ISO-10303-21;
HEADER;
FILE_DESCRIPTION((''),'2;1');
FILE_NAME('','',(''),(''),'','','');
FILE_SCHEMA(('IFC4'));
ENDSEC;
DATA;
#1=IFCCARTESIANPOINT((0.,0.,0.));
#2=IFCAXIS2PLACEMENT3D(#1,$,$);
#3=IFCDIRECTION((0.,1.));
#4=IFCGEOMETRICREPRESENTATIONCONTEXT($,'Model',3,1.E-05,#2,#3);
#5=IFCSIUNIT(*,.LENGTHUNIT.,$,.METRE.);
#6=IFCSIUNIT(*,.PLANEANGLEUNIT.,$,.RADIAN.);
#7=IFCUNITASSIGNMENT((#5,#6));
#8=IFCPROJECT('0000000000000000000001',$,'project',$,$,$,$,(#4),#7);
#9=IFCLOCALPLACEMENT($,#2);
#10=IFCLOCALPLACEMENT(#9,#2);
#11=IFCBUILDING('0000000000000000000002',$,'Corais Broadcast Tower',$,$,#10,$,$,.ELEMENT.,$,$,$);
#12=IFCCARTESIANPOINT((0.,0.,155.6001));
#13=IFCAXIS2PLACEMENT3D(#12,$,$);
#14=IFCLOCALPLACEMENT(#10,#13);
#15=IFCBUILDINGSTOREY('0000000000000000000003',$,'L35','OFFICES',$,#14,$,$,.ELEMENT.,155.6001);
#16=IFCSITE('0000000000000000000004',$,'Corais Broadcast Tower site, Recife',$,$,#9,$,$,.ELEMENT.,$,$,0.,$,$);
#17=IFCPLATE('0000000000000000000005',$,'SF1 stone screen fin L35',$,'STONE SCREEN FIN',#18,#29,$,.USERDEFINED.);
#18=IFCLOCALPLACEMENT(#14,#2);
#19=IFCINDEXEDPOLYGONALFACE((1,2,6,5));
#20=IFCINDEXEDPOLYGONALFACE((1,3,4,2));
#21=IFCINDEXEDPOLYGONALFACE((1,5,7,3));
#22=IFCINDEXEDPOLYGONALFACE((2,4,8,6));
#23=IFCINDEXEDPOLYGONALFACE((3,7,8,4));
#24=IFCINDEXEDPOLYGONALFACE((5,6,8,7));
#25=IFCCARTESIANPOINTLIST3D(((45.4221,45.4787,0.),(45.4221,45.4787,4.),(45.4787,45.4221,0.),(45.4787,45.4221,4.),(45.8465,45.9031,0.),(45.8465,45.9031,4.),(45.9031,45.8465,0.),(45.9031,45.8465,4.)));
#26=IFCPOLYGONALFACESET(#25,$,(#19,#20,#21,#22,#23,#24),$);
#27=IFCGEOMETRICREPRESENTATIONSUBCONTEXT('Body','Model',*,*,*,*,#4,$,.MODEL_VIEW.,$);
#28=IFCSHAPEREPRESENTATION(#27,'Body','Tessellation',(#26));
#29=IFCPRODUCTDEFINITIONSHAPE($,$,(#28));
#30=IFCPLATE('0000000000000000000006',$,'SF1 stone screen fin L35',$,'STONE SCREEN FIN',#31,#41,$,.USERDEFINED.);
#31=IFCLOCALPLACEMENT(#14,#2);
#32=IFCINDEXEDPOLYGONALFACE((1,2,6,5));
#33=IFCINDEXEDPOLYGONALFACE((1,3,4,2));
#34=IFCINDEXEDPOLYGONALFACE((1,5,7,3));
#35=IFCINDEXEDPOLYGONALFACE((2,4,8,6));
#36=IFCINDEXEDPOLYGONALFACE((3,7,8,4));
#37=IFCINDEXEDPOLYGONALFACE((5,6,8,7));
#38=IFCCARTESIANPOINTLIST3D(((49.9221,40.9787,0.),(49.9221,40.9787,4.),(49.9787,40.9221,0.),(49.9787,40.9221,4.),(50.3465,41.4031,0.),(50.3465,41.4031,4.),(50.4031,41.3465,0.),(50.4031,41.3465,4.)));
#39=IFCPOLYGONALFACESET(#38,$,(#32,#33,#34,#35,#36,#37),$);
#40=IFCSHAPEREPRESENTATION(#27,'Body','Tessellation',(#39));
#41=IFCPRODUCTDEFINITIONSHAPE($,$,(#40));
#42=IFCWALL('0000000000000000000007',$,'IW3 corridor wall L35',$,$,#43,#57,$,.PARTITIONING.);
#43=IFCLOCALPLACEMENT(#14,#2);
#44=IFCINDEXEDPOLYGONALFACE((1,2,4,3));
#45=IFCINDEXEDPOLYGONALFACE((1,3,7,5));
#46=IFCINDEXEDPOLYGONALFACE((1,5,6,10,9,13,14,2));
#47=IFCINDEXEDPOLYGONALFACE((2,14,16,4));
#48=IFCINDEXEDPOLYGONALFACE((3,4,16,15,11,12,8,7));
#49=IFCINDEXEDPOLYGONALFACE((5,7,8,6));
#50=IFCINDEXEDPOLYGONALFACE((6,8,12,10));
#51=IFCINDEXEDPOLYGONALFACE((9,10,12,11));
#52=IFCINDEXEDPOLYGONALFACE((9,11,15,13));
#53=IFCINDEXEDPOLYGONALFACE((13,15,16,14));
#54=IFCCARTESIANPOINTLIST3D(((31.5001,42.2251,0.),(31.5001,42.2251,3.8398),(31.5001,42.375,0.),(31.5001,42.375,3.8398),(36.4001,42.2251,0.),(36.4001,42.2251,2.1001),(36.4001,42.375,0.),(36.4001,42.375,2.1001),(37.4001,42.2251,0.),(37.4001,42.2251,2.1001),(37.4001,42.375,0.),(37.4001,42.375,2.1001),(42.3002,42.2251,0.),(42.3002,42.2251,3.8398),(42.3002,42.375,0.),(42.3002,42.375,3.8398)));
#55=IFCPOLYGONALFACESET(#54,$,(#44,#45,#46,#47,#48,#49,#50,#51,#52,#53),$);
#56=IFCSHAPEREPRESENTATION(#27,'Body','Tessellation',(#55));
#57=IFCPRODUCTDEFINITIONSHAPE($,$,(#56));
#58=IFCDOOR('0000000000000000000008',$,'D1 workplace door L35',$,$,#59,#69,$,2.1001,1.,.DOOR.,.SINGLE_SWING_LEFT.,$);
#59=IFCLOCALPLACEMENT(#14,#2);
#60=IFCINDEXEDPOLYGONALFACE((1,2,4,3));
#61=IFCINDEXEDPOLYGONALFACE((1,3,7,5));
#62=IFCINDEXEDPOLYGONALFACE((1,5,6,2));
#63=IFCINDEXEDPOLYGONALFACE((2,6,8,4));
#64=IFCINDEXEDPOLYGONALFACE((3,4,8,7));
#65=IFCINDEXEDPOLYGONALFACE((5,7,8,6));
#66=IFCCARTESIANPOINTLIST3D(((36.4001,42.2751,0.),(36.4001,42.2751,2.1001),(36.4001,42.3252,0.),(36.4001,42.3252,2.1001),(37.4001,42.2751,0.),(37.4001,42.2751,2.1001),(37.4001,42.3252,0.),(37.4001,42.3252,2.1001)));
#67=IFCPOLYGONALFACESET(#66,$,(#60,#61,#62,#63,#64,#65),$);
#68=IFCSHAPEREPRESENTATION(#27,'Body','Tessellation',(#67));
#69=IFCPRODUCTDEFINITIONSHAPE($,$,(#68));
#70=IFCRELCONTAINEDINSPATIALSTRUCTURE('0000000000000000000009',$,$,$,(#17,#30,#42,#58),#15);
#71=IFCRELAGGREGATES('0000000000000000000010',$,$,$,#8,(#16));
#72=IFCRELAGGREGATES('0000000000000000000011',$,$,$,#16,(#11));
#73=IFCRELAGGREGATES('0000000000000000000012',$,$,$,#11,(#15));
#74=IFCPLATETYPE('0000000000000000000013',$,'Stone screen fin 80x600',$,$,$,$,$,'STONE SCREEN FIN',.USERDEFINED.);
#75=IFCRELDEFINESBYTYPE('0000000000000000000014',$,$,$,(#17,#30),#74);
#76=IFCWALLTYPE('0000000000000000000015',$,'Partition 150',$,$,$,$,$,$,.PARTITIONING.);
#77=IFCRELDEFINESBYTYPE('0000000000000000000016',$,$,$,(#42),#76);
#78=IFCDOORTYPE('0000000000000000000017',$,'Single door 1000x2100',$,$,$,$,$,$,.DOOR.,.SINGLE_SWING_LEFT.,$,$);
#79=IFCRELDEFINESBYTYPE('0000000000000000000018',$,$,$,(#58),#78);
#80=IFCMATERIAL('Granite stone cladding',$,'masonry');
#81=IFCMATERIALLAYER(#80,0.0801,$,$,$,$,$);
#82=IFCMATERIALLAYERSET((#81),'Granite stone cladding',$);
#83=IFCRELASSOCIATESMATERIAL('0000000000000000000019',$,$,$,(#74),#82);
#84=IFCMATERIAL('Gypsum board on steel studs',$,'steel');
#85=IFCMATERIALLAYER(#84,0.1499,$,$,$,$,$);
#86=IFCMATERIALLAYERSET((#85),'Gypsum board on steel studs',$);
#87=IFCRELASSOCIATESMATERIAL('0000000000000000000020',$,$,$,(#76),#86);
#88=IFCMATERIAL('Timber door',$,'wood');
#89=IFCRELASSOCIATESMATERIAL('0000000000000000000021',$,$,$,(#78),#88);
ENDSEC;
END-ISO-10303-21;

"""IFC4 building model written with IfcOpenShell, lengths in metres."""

from ifc_helpers import new_model, si_unit, direction, frame, frame_2d, origin, origin_2d, place, context, subcontext, project, spatial, rectangle, extrude, material, layer, layer_set, type_object, element, fill, save


model = new_model("IFC4")

# Units and contexts
model_context = context("Model", 3, precision=1e-05, world=origin(), true_north=direction((0.0, 1.0)))
body_context = subcontext(model_context, "Body", "Model", "MODEL_VIEW")
ifc_project = project(units=[si_unit("LENGTHUNIT", "METRE"), si_unit("PLANEANGLEUNIT", "RADIAN")], contexts=[model_context])

# Site, building, storey
site_placement = place(None, origin())
site = spatial("IfcSite", under=ifc_project, at=site_placement, Name="Corais Broadcast Tower site, Recife", CompositionType="ELEMENT", RefElevation=0.0)
building_placement = place(site_placement, origin())
building = spatial("IfcBuilding", under=site, at=building_placement, Name="Corais Broadcast Tower", CompositionType="ELEMENT")
storey_placement = place(building_placement, frame((0.0, 0.0, 155.6001)))
storey = spatial("IfcBuildingStorey", under=building, at=storey_placement, Name="L35", Description="OFFICES", CompositionType="ELEMENT", Elevation=155.6001)

# Plates
ifc_material_1 = material(Name="Granite stone cladding", Category="masonry")
ifc_layer_1 = layer(ifc_material_1, 0.0801)
ifc_layer_set_1 = layer_set([ifc_layer_1], Name="Granite stone cladding")
plate_type_1 = type_object("IfcPlateType", Name="Stone screen fin 80x600", ElementType="STONE SCREEN FIN", PredefinedType="USERDEFINED", material=ifc_layer_set_1)
for number, where, z_axis, x_axis, name in (
    (1, (45.6626, 45.6626, 0.0), (0.0, 0.0, 1.0), (0.707107, -0.707107, 0.0), "SF1 stone screen fin L35"),
    (2, (50.1626, 41.1626, 0.0), (0.0, 0.0, 1.0), (0.707107, -0.707107, 0.0), "SF1 stone screen fin L35"),
):
    element("IfcPlate", number, at=place(storey_placement, frame(where, z_axis=z_axis, x_axis=x_axis)), inside=storey, type_object=plate_type_1, Name=name, ObjectType="STONE SCREEN FIN", PredefinedType="USERDEFINED", context=body_context, shape_type="SweptSolid", body=[
        extrude(rectangle(XDim=0.0801, YDim=0.6001, at=origin_2d()), origin(), (0.0, 0.0, 1.0), 4.0),
    ])

# Wall, opening, door
ifc_material_2 = material(Name="Gypsum board on steel studs", Category="steel")
ifc_layer_2 = layer(ifc_material_2, 0.1499)
ifc_layer_set_2 = layer_set([ifc_layer_2], Name="Gypsum board on steel studs")
wall_type = type_object("IfcWallType", Name="Partition 150", PredefinedType="PARTITIONING", material=ifc_layer_set_2)
wall_placement = place(storey_placement, frame((42.3, 42.3, 0.0), z_axis=(0.0, 0.0, 1.0), x_axis=(-1.0, 0.0, 0.0)))
wall = element("IfcWall", 3, at=wall_placement, inside=storey, type_object=wall_type, Name="IW3 corridor wall L35", PredefinedType="PARTITIONING", context=body_context, shape_type="SweptSolid", body=[
    extrude(rectangle(XDim=10.8, YDim=0.1499, at=frame_2d((5.3999, 0.0))), origin(), (0.0, 0.0, 1.0), 3.8398),
])
opening_placement = place(wall_placement, frame((4.8999, 0.0, 0.0)))
opening = element("IfcOpeningElement", 4, at=opening_placement, cuts=wall, PredefinedType="OPENING", context=body_context, shape_type="SweptSolid", body=[
    extrude(rectangle(XDim=1.0, YDim=2.1001, at=frame_2d((0.5, 1.05))), frame((0.0, 0.085, 0.0), z_axis=(0.0, -1.0, 0.0), x_axis=(1.0, 0.0, 0.0)), (0.0, 0.0, 1.0), 0.1699),
])
ifc_material_3 = material(Name="Timber door", Category="wood")
door_type = type_object("IfcDoorType", Name="Single door 1000x2100", OperationType="SINGLE_SWING_LEFT", PredefinedType="DOOR", material=ifc_material_3)
door_placement = place(opening_placement, origin())
door = element("IfcDoor", 5, at=door_placement, inside=storey, type_object=door_type, Name="D1 workplace door L35", OperationType="SINGLE_SWING_LEFT", OverallHeight=2.1001, OverallWidth=1.0, PredefinedType="DOOR", context=body_context, shape_type="SweptSolid", body=[
    extrude(rectangle(XDim=1.0, YDim=2.1001, at=frame_2d((0.5, 1.05))), frame((0.0, 0.0249, 0.0), z_axis=(0.0, -1.0, 0.0), x_axis=(1.0, 0.0, 0.0)), (0.0, 0.0, 1.0), 0.05),
])
fill(opening, door)

save(model, "model.ifc")
